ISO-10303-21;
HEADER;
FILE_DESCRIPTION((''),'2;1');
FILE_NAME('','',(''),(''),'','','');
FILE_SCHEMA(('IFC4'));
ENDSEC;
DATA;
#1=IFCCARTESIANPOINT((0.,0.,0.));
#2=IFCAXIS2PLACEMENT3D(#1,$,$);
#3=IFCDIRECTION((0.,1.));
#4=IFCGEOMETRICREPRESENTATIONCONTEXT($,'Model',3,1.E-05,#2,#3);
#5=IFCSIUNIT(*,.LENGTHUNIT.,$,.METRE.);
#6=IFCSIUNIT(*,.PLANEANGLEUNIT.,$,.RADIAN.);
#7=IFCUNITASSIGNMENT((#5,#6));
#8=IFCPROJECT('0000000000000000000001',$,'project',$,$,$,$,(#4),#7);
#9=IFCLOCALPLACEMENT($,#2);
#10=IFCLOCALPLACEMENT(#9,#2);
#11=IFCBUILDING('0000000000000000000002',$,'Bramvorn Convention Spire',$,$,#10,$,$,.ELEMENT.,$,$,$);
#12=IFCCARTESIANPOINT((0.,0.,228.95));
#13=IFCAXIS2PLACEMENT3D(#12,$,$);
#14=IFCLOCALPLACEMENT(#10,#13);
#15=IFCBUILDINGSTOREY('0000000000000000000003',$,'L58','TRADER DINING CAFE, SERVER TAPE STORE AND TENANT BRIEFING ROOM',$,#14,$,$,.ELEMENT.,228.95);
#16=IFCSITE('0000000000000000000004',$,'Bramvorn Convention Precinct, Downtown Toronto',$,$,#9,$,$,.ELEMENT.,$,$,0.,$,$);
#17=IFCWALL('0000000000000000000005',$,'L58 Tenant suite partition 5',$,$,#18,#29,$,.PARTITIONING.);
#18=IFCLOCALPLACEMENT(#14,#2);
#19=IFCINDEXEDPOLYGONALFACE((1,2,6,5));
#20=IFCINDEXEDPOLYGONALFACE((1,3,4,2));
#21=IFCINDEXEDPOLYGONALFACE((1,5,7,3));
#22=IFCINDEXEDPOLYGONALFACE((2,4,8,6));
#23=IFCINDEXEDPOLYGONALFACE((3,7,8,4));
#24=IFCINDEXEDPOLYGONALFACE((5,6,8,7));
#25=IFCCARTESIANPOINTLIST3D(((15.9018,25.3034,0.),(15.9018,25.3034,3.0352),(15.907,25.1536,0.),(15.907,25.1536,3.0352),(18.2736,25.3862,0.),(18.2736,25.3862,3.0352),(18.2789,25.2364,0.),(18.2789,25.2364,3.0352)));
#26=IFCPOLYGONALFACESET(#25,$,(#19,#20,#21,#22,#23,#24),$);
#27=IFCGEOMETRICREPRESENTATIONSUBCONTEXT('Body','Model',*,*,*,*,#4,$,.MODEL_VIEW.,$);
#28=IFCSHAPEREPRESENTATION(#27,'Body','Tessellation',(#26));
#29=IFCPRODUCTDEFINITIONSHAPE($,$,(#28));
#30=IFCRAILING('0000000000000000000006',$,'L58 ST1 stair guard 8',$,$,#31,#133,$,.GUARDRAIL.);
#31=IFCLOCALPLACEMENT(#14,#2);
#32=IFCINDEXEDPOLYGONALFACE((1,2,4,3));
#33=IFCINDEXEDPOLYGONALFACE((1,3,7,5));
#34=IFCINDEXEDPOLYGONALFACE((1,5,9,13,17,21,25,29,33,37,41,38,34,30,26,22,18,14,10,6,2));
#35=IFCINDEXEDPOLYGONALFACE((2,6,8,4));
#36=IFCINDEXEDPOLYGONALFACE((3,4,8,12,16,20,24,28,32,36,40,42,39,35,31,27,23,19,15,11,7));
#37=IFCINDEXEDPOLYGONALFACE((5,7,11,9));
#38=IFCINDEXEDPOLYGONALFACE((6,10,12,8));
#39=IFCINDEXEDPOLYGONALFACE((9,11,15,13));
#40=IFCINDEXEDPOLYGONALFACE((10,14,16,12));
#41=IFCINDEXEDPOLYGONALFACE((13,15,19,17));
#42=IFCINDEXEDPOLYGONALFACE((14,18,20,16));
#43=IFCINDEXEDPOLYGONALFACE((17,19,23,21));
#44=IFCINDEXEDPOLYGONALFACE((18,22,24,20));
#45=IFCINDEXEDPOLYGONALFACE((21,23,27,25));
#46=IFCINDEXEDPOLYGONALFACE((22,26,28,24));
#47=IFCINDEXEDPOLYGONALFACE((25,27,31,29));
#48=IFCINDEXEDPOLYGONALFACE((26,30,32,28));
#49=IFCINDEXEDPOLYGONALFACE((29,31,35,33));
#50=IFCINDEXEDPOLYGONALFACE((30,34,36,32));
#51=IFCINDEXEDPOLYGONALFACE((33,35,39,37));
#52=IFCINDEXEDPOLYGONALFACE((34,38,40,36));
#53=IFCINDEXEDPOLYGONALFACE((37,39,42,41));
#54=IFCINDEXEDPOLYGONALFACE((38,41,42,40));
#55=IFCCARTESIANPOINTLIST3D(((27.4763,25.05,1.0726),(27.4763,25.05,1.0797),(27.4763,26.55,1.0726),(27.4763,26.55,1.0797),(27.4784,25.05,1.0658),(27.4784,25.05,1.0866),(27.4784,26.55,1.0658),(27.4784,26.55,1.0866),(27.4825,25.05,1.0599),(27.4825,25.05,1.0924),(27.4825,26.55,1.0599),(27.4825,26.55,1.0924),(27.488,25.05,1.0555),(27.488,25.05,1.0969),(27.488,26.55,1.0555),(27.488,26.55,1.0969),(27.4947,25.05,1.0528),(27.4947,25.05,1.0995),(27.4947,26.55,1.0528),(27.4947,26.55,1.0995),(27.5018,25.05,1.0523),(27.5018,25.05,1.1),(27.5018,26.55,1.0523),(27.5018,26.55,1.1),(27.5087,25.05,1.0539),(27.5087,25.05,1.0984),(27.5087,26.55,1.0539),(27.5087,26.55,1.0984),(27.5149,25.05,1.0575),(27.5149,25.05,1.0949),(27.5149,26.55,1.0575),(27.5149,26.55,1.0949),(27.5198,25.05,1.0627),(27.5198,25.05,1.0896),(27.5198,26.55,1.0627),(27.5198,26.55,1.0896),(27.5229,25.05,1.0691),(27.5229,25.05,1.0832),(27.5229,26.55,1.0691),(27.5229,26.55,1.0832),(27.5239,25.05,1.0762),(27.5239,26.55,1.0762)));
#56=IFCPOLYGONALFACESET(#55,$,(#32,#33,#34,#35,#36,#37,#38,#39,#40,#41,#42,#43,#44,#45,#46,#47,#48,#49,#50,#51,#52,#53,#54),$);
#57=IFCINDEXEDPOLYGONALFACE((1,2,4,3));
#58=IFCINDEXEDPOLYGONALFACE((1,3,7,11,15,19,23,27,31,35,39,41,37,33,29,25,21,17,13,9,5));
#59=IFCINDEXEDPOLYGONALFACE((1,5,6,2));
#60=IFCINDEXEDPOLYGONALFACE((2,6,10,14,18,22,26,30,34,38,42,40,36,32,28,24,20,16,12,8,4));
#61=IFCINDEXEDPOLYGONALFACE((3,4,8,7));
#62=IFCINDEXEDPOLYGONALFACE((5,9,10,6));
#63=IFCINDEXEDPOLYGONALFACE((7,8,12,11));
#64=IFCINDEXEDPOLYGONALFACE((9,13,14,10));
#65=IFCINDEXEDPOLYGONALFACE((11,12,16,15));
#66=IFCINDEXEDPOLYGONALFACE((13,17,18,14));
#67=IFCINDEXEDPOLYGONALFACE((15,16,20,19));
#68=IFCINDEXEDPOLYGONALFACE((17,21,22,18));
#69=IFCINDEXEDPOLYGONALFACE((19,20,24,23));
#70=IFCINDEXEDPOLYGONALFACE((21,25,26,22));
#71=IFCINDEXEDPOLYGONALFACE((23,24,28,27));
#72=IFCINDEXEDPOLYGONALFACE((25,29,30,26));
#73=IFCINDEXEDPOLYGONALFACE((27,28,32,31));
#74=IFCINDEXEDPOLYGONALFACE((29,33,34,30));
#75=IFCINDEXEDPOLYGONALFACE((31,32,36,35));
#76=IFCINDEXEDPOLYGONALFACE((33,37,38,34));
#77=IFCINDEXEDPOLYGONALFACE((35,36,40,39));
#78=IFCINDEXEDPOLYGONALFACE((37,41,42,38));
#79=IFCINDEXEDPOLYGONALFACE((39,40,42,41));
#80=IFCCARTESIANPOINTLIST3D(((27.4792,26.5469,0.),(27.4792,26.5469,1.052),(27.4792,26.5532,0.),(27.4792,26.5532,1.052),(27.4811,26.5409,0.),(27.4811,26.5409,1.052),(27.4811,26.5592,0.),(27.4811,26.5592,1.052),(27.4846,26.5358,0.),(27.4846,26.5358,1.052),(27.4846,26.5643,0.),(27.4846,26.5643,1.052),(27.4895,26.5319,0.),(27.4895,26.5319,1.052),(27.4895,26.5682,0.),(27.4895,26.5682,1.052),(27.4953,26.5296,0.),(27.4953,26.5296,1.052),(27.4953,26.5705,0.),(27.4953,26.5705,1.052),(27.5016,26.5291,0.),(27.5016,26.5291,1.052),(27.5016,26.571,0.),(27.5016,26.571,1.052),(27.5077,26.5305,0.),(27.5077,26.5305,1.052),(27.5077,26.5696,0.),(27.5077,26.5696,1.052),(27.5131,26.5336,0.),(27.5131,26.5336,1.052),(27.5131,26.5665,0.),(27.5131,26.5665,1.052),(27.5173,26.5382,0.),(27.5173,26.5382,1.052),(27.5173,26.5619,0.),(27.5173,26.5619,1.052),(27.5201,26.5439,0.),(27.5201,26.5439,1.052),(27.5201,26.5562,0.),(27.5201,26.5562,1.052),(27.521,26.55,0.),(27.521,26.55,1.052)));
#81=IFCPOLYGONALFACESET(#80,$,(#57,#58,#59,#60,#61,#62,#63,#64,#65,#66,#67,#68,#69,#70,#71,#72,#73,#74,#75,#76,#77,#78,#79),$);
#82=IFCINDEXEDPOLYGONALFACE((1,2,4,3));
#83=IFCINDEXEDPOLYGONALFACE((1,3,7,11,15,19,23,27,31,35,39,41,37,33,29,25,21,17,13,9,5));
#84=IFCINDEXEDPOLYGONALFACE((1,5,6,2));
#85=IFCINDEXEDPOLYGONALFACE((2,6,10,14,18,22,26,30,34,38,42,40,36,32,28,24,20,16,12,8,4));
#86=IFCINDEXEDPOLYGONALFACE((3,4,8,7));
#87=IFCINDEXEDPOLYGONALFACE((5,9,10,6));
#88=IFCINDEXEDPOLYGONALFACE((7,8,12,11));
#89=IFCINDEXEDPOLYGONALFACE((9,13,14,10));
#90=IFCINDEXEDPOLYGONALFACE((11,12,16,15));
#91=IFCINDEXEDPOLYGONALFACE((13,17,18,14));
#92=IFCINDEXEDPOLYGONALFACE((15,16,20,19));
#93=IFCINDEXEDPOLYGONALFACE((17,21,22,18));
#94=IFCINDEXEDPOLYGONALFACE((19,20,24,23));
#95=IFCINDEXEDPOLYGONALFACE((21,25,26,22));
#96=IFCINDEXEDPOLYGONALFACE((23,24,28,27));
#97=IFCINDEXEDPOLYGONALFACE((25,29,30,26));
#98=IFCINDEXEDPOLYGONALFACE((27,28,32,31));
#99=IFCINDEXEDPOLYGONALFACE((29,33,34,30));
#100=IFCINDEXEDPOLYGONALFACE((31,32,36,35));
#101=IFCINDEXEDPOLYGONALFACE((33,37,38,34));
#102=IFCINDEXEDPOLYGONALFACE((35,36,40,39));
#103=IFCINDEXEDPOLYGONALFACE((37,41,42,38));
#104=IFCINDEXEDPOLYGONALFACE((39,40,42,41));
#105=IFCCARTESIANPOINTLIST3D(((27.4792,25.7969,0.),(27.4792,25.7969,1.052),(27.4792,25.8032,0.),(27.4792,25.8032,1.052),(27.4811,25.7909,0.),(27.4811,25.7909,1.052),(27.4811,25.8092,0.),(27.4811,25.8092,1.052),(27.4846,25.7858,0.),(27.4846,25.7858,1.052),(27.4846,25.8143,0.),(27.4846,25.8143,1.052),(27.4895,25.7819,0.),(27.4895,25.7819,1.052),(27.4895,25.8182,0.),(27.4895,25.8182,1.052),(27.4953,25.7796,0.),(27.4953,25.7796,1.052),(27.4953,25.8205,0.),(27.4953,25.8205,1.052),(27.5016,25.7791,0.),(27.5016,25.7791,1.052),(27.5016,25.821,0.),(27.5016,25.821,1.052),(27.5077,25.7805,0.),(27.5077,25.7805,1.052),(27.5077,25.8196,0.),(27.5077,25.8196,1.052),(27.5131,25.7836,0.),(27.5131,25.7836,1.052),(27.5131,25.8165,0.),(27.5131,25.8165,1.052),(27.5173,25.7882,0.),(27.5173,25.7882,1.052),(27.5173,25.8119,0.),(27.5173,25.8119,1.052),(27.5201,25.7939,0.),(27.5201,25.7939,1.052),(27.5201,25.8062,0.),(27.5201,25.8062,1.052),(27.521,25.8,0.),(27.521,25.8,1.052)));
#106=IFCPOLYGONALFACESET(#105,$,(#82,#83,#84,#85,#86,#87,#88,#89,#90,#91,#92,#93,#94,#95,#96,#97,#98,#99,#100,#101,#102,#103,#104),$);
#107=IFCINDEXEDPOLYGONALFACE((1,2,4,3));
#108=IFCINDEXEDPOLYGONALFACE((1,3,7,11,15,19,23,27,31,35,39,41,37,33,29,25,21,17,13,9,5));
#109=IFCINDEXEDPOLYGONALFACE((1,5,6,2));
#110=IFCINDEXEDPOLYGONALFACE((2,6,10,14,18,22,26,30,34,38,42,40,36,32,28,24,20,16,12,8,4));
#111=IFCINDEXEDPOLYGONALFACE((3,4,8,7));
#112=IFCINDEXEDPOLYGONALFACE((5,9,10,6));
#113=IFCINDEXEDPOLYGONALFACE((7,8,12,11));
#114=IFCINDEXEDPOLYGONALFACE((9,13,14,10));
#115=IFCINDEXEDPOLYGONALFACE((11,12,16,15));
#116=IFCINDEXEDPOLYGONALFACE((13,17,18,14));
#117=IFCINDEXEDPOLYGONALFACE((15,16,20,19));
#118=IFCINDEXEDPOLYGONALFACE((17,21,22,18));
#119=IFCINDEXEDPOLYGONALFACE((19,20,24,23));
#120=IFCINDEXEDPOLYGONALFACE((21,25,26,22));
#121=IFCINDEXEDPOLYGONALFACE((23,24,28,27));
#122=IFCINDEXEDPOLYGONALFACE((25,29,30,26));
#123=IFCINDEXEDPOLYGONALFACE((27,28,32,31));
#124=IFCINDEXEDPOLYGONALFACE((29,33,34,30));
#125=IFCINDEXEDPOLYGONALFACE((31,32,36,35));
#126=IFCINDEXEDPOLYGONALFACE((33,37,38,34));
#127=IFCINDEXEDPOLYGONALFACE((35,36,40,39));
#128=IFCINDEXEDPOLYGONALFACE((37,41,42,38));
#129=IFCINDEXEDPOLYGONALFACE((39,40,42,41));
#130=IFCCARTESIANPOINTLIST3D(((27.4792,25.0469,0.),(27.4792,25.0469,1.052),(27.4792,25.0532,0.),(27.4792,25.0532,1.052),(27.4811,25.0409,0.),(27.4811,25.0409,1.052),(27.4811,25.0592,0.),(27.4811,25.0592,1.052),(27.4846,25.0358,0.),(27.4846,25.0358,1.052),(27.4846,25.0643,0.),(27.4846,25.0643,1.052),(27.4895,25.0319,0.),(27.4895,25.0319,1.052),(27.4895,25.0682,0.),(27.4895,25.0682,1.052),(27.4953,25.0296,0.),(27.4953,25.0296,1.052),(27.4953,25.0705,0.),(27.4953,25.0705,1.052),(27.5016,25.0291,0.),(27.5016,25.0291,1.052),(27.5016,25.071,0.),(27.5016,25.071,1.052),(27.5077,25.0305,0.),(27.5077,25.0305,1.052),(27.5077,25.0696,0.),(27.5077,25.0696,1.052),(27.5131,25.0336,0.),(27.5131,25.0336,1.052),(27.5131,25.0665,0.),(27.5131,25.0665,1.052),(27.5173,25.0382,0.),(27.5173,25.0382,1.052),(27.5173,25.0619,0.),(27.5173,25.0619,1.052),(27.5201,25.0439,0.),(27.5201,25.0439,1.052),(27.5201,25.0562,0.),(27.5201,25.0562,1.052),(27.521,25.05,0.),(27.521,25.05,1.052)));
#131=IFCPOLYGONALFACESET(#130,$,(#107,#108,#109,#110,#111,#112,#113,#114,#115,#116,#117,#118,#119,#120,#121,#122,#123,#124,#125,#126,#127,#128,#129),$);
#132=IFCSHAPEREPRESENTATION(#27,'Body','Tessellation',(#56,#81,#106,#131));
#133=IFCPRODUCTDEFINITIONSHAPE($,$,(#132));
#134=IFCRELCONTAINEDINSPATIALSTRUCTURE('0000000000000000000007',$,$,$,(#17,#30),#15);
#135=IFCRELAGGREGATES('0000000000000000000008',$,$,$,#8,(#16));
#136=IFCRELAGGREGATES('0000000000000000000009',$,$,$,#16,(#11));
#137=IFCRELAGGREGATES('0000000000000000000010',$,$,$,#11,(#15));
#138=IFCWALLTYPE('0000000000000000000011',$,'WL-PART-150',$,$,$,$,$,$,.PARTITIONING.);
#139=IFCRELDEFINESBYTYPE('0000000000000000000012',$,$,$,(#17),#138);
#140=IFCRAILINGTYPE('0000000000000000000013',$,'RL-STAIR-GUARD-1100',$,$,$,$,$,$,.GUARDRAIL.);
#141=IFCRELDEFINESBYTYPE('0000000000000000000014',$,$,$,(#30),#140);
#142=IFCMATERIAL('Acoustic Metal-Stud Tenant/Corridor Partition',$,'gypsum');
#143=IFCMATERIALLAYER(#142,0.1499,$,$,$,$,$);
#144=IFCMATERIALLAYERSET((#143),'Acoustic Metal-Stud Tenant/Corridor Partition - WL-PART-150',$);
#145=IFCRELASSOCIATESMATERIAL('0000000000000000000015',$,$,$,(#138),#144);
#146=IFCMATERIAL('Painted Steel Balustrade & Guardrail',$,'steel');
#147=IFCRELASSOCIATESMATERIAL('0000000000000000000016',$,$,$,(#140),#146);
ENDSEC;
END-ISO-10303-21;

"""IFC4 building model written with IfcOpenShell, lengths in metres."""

from ifc_helpers import new_model, si_unit, direction, frame, frame_2d, origin, origin_2d, place, context, subcontext, project, spatial, rectangle, circle, extrude, material, layer, layer_set, type_object, element, save


model = new_model("IFC4")

# Units and contexts
model_context = context("Model", 3, precision=1e-05, world=origin(), true_north=direction((0.0, 1.0)))
body_context = subcontext(model_context, "Body", "Model", "MODEL_VIEW")
ifc_project = project(units=[si_unit("LENGTHUNIT", "METRE"), si_unit("PLANEANGLEUNIT", "RADIAN")], contexts=[model_context])

# Site, building, storey
site_placement = place(None, origin())
site = spatial("IfcSite", under=ifc_project, at=site_placement, Name="Bramvorn Convention Precinct, Downtown Toronto", CompositionType="ELEMENT", RefElevation=0.0)
building_placement = place(site_placement, origin())
building = spatial("IfcBuilding", under=site, at=building_placement, Name="Bramvorn Convention Spire", CompositionType="ELEMENT")
storey_placement = place(building_placement, frame((0.0, 0.0, 228.95)))
storey = spatial("IfcBuildingStorey", under=building, at=storey_placement, Name="L58", Description="TRADER DINING CAFE, SERVER TAPE STORE AND TENANT BRIEFING ROOM", CompositionType="ELEMENT", Elevation=228.95)

# Shared definitions
ifc_material_1 = material(Name="Acoustic Metal-Stud Tenant/Corridor Partition", Category="gypsum")
ifc_layer_1 = layer(ifc_material_1, 0.1499)
ifc_layer_set_1 = layer_set([ifc_layer_1], Name="Acoustic Metal-Stud Tenant/Corridor Partition - WL-PART-150")
wall_type_1 = type_object("IfcWallType", Name="WL-PART-150", PredefinedType="PARTITIONING", material=ifc_layer_set_1)

# Wall
wall_1_placement = place(storey_placement, frame((18.2761, 25.3113, 0.0), z_axis=(0.0, 0.0, 1.0), x_axis=(-0.999392, -0.034873, 0.0)))
element("IfcWall", 1, at=wall_1_placement, inside=storey, type_object=wall_type_1, Name="L58 Tenant suite partition 5", PredefinedType="PARTITIONING", context=body_context, shape_type="SweptSolid", body=[
    extrude(rectangle(XDim=2.3733, YDim=0.1499, at=frame_2d((1.1865, 0.0))), origin(), (0.0, 0.0, 1.0), 3.0352),
])

# Railing
ifc_material_2 = material(Name="Painted Steel Balustrade & Guardrail", Category="steel")
railing_type = type_object("IfcRailingType", Name="RL-STAIR-GUARD-1100", PredefinedType="GUARDRAIL", material=ifc_material_2)
railing_1_placement = place(storey_placement, frame((27.5, 26.55, 0.0)))
element("IfcRailing", 2, at=railing_1_placement, inside=storey, type_object=railing_type, Name="L58 ST1 stair guard 8", PredefinedType="GUARDRAIL", context=body_context, shape_type="SweptSolid", body=[
    extrude(circle(Radius=0.0239, at=origin_2d()), frame((0.0, 0.0, 1.0762), z_axis=(0.0, -1.0, 0.0), x_axis=(1.0, 0.0, 0.0)), (0.0, 0.0, 1.0), 1.5),
    extrude(circle(Radius=0.021, at=origin_2d()), origin(), (0.0, 0.0, 1.0), 1.052),
    extrude(circle(Radius=0.021, at=origin_2d()), frame((0.0, -0.75, 0.0)), (0.0, 0.0, 1.0), 1.052),
    extrude(circle(Radius=0.021, at=origin_2d()), frame((0.0, -1.5, 0.0)), (0.0, 0.0, 1.0), 1.052),
])

save(model, "model.ifc")
